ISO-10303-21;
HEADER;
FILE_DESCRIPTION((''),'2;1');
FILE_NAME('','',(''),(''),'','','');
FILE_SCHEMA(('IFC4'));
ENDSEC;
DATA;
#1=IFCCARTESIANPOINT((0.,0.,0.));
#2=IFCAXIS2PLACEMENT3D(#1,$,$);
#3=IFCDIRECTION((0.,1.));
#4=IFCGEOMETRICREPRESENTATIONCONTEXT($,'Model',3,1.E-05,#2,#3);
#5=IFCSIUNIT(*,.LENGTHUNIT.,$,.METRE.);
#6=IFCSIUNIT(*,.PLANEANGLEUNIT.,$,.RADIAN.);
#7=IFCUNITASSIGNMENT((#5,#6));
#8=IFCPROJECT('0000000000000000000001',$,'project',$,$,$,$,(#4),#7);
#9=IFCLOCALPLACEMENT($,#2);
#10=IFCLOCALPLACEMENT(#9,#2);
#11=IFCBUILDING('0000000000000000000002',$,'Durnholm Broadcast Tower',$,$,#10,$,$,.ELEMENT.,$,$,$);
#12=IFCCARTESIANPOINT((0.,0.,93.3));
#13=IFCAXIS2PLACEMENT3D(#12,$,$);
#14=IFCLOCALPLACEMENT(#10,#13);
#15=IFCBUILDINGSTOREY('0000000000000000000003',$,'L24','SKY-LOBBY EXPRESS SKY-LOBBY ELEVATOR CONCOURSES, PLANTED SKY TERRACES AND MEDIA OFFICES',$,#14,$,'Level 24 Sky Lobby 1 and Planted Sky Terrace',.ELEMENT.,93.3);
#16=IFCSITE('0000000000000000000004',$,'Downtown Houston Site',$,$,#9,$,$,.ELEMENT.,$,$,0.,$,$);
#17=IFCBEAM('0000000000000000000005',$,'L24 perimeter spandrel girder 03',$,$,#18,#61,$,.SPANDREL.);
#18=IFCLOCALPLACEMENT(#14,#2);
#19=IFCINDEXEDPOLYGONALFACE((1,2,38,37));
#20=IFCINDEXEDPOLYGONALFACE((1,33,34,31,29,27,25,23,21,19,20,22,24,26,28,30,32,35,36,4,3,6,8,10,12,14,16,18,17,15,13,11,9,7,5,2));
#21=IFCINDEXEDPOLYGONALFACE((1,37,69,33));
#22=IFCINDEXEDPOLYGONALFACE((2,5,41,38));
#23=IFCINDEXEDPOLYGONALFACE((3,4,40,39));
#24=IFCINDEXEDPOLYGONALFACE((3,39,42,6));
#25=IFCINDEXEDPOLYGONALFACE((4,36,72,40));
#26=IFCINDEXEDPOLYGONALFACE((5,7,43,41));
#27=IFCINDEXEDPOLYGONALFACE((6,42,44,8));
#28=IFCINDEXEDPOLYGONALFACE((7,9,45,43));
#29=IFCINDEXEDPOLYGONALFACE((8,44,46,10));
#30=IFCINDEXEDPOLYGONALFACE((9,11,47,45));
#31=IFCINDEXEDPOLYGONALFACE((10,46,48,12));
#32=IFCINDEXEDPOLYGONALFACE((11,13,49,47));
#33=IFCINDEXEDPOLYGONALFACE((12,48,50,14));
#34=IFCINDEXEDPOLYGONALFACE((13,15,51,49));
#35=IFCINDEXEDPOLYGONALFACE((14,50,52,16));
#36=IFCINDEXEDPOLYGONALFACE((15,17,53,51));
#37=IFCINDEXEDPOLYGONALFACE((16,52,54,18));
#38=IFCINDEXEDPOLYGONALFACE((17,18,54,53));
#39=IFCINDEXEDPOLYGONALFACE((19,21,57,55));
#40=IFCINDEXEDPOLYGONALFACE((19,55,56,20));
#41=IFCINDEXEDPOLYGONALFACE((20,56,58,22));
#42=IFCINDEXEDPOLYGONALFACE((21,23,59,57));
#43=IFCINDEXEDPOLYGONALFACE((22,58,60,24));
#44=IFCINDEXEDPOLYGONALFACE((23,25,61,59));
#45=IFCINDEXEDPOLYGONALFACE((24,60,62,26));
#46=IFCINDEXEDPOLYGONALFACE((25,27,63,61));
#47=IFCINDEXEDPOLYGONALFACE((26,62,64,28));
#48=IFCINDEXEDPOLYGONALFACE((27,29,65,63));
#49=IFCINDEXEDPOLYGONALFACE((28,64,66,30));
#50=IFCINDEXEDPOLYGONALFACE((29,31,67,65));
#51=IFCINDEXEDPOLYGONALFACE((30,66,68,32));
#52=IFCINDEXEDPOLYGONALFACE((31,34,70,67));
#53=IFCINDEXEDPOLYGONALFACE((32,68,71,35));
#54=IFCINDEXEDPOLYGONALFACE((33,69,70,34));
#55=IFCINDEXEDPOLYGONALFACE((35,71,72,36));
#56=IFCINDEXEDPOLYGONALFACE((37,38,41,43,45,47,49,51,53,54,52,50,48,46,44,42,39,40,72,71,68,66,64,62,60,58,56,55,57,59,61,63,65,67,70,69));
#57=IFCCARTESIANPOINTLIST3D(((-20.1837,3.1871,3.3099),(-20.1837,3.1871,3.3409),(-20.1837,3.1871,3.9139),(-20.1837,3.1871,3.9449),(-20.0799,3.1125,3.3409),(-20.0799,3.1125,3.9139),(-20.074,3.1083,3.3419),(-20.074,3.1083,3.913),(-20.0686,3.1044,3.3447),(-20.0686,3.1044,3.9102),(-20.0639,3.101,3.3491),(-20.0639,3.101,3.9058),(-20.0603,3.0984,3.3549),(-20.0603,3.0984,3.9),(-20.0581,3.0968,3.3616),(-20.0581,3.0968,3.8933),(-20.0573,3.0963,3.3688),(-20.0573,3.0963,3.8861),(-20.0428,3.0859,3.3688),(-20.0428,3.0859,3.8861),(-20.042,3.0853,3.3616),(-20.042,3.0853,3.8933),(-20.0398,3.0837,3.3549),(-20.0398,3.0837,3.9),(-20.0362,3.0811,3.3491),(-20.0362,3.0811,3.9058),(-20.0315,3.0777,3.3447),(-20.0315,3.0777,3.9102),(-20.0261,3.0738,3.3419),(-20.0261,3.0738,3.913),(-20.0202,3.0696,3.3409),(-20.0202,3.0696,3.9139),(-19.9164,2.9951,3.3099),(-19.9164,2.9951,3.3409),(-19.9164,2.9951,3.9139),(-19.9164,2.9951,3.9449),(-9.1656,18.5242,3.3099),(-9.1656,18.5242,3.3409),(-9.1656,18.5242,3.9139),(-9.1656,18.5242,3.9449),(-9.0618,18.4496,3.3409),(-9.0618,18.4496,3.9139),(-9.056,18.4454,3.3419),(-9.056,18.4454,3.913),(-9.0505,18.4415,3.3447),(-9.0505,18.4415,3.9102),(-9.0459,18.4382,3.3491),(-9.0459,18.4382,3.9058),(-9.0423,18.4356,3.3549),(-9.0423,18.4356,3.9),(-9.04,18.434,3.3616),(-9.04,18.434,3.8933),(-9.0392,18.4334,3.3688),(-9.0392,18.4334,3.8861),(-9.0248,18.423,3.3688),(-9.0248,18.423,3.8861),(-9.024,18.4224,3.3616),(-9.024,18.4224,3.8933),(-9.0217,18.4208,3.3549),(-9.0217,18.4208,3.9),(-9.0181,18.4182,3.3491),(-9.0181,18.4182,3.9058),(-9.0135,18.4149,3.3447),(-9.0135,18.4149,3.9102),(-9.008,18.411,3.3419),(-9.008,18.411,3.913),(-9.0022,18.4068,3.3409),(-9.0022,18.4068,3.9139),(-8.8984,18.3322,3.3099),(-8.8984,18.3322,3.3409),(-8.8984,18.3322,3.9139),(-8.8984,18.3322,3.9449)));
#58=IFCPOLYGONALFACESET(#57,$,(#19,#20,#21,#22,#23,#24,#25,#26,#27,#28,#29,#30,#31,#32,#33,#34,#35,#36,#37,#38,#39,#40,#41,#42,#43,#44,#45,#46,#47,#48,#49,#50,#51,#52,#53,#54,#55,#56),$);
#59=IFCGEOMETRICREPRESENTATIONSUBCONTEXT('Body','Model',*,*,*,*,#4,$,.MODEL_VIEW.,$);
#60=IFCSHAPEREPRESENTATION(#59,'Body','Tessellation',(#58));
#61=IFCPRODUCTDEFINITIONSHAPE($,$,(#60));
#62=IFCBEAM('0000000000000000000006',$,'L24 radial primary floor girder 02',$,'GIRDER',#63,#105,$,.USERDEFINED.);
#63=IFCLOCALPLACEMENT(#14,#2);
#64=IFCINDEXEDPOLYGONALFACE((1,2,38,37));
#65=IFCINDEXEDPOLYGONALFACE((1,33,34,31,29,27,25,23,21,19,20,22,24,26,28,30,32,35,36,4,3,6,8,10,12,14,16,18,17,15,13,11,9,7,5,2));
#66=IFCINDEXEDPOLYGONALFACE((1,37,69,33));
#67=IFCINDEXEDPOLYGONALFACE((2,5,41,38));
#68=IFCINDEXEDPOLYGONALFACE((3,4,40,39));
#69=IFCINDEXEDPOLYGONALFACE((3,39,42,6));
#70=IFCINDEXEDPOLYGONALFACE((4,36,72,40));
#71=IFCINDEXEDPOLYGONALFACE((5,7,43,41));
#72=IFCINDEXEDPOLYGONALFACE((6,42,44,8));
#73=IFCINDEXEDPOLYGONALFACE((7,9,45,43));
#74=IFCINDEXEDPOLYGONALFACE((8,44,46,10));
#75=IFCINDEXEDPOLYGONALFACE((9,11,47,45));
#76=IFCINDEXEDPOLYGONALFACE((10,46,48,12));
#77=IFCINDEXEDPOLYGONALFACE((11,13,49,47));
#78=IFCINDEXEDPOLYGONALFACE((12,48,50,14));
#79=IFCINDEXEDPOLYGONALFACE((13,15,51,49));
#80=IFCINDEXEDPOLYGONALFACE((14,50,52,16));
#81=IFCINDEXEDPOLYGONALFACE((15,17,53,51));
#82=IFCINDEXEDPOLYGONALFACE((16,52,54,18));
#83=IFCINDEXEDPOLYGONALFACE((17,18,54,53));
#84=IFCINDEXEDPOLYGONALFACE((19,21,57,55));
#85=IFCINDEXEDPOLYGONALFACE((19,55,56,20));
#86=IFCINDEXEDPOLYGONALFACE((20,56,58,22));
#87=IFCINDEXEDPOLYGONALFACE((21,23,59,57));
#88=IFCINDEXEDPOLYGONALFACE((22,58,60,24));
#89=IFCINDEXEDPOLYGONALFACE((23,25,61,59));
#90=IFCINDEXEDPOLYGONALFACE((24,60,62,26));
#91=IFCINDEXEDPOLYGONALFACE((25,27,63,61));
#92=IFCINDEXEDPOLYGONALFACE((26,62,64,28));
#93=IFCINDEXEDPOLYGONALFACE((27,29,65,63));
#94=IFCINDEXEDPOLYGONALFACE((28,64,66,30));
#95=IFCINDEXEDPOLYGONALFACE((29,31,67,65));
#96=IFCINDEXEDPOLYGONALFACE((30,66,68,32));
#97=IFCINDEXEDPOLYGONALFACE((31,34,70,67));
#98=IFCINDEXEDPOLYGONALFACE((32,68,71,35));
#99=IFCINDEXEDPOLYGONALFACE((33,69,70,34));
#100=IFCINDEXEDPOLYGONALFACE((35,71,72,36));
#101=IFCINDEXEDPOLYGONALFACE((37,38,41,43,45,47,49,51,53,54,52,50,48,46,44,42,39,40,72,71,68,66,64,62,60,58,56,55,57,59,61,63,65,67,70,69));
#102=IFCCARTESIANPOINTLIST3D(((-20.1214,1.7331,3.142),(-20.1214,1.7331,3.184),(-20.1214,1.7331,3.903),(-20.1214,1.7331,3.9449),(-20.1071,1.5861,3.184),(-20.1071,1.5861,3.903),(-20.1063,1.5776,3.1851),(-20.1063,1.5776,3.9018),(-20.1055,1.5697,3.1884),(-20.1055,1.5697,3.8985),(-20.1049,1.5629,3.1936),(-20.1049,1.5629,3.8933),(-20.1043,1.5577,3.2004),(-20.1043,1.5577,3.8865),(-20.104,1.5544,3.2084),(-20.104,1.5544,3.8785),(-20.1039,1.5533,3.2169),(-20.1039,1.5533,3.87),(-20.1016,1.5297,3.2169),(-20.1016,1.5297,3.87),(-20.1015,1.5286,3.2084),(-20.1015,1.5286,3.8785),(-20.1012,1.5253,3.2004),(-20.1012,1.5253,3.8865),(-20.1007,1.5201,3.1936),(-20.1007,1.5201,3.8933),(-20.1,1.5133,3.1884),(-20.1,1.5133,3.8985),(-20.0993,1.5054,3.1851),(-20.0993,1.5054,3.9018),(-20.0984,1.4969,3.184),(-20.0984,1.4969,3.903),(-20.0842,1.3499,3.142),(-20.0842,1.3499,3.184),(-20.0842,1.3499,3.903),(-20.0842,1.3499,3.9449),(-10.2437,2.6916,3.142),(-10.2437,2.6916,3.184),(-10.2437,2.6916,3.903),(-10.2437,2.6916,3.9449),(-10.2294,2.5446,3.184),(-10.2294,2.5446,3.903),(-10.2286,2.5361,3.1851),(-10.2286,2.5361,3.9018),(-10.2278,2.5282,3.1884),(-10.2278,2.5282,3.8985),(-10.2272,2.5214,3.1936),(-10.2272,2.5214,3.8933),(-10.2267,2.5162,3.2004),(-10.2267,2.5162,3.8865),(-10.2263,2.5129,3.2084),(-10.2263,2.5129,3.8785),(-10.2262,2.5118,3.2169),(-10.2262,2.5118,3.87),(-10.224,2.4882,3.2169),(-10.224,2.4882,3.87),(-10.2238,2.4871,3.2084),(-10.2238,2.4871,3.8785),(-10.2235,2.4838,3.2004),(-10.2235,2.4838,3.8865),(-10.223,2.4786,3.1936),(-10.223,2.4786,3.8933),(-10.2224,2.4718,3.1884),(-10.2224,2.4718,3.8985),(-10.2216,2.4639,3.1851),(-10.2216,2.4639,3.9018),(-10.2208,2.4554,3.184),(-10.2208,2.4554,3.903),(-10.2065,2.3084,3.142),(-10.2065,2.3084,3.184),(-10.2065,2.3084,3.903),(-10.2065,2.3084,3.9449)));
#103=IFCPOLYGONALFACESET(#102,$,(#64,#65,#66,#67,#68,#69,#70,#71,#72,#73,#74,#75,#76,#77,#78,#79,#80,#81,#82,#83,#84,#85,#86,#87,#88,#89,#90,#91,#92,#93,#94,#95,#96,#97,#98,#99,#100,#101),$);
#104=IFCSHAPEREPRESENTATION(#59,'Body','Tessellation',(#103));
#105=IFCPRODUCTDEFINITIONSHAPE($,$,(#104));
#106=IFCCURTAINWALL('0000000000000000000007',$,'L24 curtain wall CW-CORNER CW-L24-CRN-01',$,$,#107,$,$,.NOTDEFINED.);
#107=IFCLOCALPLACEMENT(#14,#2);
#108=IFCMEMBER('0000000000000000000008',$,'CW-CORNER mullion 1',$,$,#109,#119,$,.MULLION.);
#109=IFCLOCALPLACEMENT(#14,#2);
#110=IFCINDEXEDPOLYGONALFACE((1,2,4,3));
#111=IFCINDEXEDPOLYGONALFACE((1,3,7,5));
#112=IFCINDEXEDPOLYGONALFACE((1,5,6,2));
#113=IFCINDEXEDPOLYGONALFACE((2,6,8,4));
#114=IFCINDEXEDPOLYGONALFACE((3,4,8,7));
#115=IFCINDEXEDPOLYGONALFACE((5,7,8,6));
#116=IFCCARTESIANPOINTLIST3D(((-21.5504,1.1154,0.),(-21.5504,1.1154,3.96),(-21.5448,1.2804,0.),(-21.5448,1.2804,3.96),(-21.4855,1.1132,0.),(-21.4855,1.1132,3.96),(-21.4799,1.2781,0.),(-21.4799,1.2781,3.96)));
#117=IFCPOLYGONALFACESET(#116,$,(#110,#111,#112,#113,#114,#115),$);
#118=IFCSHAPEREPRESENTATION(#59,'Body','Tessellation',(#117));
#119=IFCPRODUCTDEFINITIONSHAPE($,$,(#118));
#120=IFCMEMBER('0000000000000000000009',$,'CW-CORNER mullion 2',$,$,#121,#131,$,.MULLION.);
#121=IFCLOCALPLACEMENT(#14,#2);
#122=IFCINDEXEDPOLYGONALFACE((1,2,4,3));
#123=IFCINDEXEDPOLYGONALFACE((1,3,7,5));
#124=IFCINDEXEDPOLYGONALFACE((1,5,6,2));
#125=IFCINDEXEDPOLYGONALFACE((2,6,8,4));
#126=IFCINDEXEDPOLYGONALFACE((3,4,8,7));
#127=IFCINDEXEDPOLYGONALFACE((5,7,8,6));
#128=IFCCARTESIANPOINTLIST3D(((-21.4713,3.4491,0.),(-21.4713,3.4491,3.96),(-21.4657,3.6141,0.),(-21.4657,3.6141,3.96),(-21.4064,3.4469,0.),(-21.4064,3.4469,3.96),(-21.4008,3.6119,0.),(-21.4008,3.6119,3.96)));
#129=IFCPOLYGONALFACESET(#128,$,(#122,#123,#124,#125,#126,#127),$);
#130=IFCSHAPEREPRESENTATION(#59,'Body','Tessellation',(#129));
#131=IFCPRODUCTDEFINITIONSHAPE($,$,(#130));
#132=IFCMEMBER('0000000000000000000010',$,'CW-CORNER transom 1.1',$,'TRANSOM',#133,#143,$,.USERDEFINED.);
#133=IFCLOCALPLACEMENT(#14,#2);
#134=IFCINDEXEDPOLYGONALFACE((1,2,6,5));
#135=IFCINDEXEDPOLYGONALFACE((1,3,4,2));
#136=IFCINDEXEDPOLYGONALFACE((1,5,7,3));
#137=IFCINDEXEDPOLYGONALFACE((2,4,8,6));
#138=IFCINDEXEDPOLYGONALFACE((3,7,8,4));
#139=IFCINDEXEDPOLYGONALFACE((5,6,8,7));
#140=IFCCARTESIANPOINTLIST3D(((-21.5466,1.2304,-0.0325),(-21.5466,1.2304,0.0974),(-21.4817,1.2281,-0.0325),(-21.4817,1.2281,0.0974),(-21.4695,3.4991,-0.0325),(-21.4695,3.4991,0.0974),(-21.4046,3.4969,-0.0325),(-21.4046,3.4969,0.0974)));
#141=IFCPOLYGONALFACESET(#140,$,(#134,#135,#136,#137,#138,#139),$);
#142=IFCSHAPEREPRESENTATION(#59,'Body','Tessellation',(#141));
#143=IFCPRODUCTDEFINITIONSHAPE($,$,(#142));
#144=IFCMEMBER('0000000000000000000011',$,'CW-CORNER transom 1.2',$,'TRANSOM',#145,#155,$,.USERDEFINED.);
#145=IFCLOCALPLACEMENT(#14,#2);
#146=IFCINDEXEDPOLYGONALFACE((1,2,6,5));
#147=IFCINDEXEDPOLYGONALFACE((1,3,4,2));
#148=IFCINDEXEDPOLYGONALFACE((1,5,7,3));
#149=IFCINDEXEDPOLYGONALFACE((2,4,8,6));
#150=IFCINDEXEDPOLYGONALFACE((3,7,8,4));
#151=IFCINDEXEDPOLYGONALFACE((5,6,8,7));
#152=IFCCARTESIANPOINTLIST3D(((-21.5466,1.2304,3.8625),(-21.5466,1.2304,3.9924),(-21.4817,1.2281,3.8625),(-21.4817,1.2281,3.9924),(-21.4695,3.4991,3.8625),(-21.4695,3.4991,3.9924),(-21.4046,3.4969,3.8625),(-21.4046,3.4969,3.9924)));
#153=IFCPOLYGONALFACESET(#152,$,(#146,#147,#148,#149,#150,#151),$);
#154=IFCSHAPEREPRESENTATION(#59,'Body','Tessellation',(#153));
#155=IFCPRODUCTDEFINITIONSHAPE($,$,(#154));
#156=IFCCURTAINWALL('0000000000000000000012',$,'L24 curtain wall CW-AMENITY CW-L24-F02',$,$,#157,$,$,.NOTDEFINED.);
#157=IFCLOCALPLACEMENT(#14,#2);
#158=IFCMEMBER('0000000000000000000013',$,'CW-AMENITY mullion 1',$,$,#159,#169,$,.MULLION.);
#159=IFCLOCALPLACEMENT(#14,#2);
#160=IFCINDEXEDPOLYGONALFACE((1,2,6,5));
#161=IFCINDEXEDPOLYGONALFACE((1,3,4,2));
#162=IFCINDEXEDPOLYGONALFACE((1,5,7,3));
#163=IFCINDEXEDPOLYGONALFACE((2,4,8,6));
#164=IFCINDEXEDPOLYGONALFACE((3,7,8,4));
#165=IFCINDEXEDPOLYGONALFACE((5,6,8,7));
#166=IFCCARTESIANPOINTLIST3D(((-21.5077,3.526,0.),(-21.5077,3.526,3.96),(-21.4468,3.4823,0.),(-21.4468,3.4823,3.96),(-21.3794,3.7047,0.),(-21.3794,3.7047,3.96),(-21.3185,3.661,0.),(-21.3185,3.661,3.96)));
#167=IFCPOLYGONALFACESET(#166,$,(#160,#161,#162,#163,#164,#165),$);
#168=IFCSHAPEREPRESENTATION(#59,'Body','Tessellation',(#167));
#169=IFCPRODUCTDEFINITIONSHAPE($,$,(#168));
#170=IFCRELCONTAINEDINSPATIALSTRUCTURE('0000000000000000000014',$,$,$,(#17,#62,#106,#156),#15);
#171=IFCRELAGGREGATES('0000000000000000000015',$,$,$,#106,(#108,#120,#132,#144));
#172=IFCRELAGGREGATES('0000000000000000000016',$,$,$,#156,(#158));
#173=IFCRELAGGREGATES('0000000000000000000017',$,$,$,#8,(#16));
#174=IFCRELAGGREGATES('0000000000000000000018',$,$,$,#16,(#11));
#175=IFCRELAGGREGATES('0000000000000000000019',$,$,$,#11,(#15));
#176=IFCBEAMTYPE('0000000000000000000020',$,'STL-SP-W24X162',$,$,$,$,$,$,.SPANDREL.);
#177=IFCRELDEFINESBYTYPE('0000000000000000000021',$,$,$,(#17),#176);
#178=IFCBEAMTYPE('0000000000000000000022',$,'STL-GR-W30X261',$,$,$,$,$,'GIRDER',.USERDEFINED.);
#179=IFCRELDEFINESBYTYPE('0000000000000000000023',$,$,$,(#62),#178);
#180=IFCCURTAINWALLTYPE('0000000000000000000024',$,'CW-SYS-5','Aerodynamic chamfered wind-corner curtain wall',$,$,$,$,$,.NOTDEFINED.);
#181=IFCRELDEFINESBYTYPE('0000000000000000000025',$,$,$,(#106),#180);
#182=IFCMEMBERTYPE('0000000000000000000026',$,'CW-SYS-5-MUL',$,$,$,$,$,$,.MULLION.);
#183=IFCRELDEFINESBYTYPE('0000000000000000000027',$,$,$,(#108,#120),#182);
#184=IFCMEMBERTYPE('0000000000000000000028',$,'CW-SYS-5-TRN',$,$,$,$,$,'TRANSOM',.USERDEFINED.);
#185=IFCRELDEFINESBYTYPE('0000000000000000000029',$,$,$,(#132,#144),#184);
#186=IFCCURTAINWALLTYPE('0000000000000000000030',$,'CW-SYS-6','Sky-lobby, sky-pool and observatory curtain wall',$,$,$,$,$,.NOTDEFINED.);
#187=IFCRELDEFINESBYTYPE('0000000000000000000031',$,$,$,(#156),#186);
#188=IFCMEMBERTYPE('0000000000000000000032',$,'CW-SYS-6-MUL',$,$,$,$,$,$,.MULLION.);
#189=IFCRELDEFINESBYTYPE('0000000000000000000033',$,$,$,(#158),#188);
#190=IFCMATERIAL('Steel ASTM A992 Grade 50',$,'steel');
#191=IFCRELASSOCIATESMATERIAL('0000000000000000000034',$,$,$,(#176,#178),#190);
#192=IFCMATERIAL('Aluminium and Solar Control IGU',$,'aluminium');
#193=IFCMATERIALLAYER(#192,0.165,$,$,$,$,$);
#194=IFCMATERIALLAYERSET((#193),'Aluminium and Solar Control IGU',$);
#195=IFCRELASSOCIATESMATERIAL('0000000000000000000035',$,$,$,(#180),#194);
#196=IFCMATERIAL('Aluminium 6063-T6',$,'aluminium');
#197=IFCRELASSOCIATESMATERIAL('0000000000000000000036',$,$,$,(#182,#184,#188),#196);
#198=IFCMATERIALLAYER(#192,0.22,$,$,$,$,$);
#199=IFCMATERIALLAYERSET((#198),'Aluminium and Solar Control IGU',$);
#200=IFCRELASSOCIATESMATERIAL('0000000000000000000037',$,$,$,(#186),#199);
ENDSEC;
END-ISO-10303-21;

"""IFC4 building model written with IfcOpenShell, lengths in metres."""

from ifc_helpers import new_model, si_unit, direction, frame, origin, origin_2d, place, context, subcontext, project, spatial, rectangle, i_section, extrude, source, transform, mapped, material, layer, layer_set, material_profile, profile_set, type_object, type_shapes, element, aggregate, save


model = new_model("IFC4")

# Units and contexts
model_context = context("Model", 3, precision=1e-05, world=origin(), true_north=direction((0.0, 1.0)))
body_context = subcontext(model_context, "Body", "Model", "MODEL_VIEW")
ifc_project = project(units=[si_unit("LENGTHUNIT", "METRE"), si_unit("PLANEANGLEUNIT", "RADIAN")], contexts=[model_context])

# Site, building, storey
site_placement = place(None, origin())
site = spatial("IfcSite", under=ifc_project, at=site_placement, Name="Downtown Houston Site", CompositionType="ELEMENT", RefElevation=0.0)
building_placement = place(site_placement, origin())
building = spatial("IfcBuilding", under=site, at=building_placement, Name="Durnholm Broadcast Tower", CompositionType="ELEMENT")
storey_placement = place(building_placement, frame((0.0, 0.0, 93.3)))
storey = spatial("IfcBuildingStorey", under=building, at=storey_placement, Name="L24", Description="SKY-LOBBY EXPRESS SKY-LOBBY ELEVATOR CONCOURSES, PLANTED SKY TERRACES AND MEDIA OFFICES", LongName="Level 24 Sky Lobby 1 and Planted Sky Terrace", CompositionType="ELEMENT", Elevation=93.3)

# Beams
ifc_material_1 = material(Name="Steel ASTM A992 Grade 50", Category="steel")
ifc_material_profile_1 = material_profile(ifc_material_1, i_section(OverallWidth=0.3291, OverallDepth=0.635, WebThickness=0.0178, FlangeThickness=0.031, FilletRadius=0.0278, at=origin_2d()), Name="W24X162")
ifc_profile_set_1 = profile_set([ifc_material_profile_1], Name="Steel ASTM A992 Grade 50")
beam_type_1 = type_object("IfcBeamType", Name="STL-SP-W24X162", PredefinedType="SPANDREL", material=ifc_profile_set_1)
shared_shape_1 = source(origin(), body_context, "Body", "SweptSolid", [
    extrude(i_section(OverallWidth=0.3291, OverallDepth=0.635, WebThickness=0.0178, FlangeThickness=0.031, FilletRadius=0.0278, at=origin_2d()), origin(), (0.0, 0.0, 1.0), 18.8845),
])
beam_1_placement = place(storey_placement, frame((-20.05, 3.0911, 3.6274), z_axis=(0.583443, 0.812154, 0.0), x_axis=(-0.812154, 0.583443, 0.0)))
element("IfcBeam", 1, at=beam_1_placement, inside=storey, type_object=beam_type_1, Name="L24 perimeter spandrel girder 03", PredefinedType="SPANDREL", context=body_context, shape_type="MappedRepresentation", body=[
    mapped(shared_shape_1, transform((0.0, 0.0, 0.0), x_axis=(1.0, 0.0, 0.0), y_axis=(0.0, 1.0, 0.0), z_axis=(0.0, 0.0, 1.0), scale=1.0)),
])
ifc_material_profile_2 = material_profile(ifc_material_1, i_section(OverallWidth=0.385, OverallDepth=0.803, WebThickness=0.0237, FlangeThickness=0.042, FilletRadius=0.033, at=origin_2d()), Name="W30X261")
ifc_profile_set_2 = profile_set([ifc_material_profile_2], Name="Steel ASTM A992 Grade 50")
beam_type_2 = type_object("IfcBeamType", Name="STL-GR-W30X261", ElementType="GIRDER", PredefinedType="USERDEFINED", material=ifc_profile_set_2)
shared_shape_2 = source(origin(), body_context, "Body", "SweptSolid", [
    extrude(i_section(OverallWidth=0.385, OverallDepth=0.803, WebThickness=0.0237, FlangeThickness=0.042, FilletRadius=0.033, at=origin_2d()), origin(), (0.0, 0.0, 1.0), 9.9241),
])
type_shapes(beam_type_2, [shared_shape_2])
beam_2_placement = place(storey_placement, frame((-10.2251, 2.5, 3.5435), z_axis=(-0.995325, -0.096583, 0.0), x_axis=(0.096583, -0.995325, 0.0)))
element("IfcBeam", 2, at=beam_2_placement, inside=storey, type_object=beam_type_2, Name="L24 radial primary floor girder 02", ObjectType="GIRDER", PredefinedType="USERDEFINED", context=body_context, shape_type="MappedRepresentation", body=[
    mapped(shared_shape_2, transform((0.0, 0.0, 0.0), x_axis=(1.0, 0.0, 0.0), y_axis=(0.0, 1.0, 0.0), z_axis=(0.0, 0.0, 1.0), scale=1.0)),
])

# Curtain wall, members
ifc_material_2 = material(Name="Aluminium and Solar Control IGU", Category="aluminium")
ifc_layer_1 = layer(ifc_material_2, 0.165)
ifc_layer_set_1 = layer_set([ifc_layer_1], Name="Aluminium and Solar Control IGU")
curtain_wall_type_1 = type_object("IfcCurtainWallType", Name="CW-SYS-5", Description="Aerodynamic chamfered wind-corner curtain wall", PredefinedType="NOTDEFINED", material=ifc_layer_set_1)
curtain_wall_1_placement = place(storey_placement, origin())
curtain_wall_1 = element("IfcCurtainWall", 3, at=curtain_wall_1_placement, inside=storey, type_object=curtain_wall_type_1, Name="L24 curtain wall CW-CORNER CW-L24-CRN-01", PredefinedType="NOTDEFINED")
ifc_material_3 = material(Name="Aluminium 6063-T6", Category="aluminium")
ifc_material_profile_3 = material_profile(ifc_material_3, rectangle(XDim=0.0649, YDim=0.165, at=origin_2d()), Name="CWM65X165")
ifc_profile_set_3 = profile_set([ifc_material_profile_3], Name="Aluminium 6063-T6")
member_type_1 = type_object("IfcMemberType", Name="CW-SYS-5-MUL", PredefinedType="MULLION", material=ifc_profile_set_3)
shared_shape_3 = source(origin(), body_context, "Body", "SweptSolid", [
    extrude(rectangle(XDim=0.0649, YDim=0.165, at=origin_2d()), origin(), (0.0, 0.0, 1.0), 3.96),
])
type_shapes(member_type_1, [shared_shape_3])
member_1_placement = place(storey_placement, frame((-21.5151, 1.1968, 0.0), z_axis=(0.0, 0.0, 1.0), x_axis=(-0.999425, 0.033917, 0.0)))
member_1 = element("IfcMember", 4, at=member_1_placement, type_object=member_type_1, Name="CW-CORNER mullion 1", PredefinedType="MULLION", context=body_context, shape_type="MappedRepresentation", body=[
    mapped(shared_shape_3, transform((0.0, 0.0, 0.0), x_axis=(1.0, 0.0, 0.0), y_axis=(0.0, 1.0, 0.0), z_axis=(0.0, 0.0, 1.0), scale=1.0)),
])
member_2_placement = place(storey_placement, frame((-21.436, 3.5305, 0.0), z_axis=(0.0, 0.0, 1.0), x_axis=(-0.999425, 0.033917, 0.0)))
member_2 = element("IfcMember", 5, at=member_2_placement, type_object=member_type_1, Name="CW-CORNER mullion 2", PredefinedType="MULLION", context=body_context, shape_type="MappedRepresentation", body=[
    mapped(shared_shape_3, transform((0.0, 0.0, 0.0), x_axis=(1.0, 0.0, 0.0), y_axis=(0.0, 1.0, 0.0), z_axis=(0.0, 0.0, 1.0), scale=1.0)),
])
ifc_material_profile_4 = material_profile(ifc_material_3, rectangle(XDim=0.0649, YDim=0.1299, at=origin_2d()), Name="CWT65X130")
ifc_profile_set_4 = profile_set([ifc_material_profile_4], Name="Aluminium 6063-T6")
member_type_2 = type_object("IfcMemberType", Name="CW-SYS-5-TRN", ElementType="TRANSOM", PredefinedType="USERDEFINED", material=ifc_profile_set_4)
shared_shape_4 = source(origin(), body_context, "Body", "SweptSolid", [
    extrude(rectangle(XDim=0.0649, YDim=0.1299, at=origin_2d()), origin(), (0.0, 0.0, 1.0), 2.27),
])
type_shapes(member_type_2, [shared_shape_4])
member_3_placement = place(storey_placement, frame((-21.5142, 1.2292, 0.0325), z_axis=(0.033984, 0.999422, 0.0), x_axis=(-0.999422, 0.033984, 0.0)))
member_3 = element("IfcMember", 6, at=member_3_placement, type_object=member_type_2, Name="CW-CORNER transom 1.1", ObjectType="TRANSOM", PredefinedType="USERDEFINED", context=body_context, shape_type="MappedRepresentation", body=[
    mapped(shared_shape_4, transform((0.0, 0.0, 0.0), x_axis=(1.0, 0.0, 0.0), y_axis=(0.0, 1.0, 0.0), z_axis=(0.0, 0.0, 1.0), scale=1.0)),
])
member_4_placement = place(storey_placement, frame((-21.5142, 1.2292, 3.9275), z_axis=(0.033984, 0.999422, 0.0), x_axis=(-0.999422, 0.033984, 0.0)))
member_4 = element("IfcMember", 7, at=member_4_placement, type_object=member_type_2, Name="CW-CORNER transom 1.2", ObjectType="TRANSOM", PredefinedType="USERDEFINED", context=body_context, shape_type="MappedRepresentation", body=[
    mapped(shared_shape_4, transform((0.0, 0.0, 0.0), x_axis=(1.0, 0.0, 0.0), y_axis=(0.0, 1.0, 0.0), z_axis=(0.0, 0.0, 1.0), scale=1.0)),
])

# Curtain wall, member
ifc_layer_2 = layer(ifc_material_2, 0.22)
ifc_layer_set_2 = layer_set([ifc_layer_2], Name="Aluminium and Solar Control IGU")
curtain_wall_type_2 = type_object("IfcCurtainWallType", Name="CW-SYS-6", Description="Sky-lobby, sky-pool and observatory curtain wall", PredefinedType="NOTDEFINED", material=ifc_layer_set_2)
curtain_wall_2_placement = place(storey_placement, origin())
curtain_wall_2 = element("IfcCurtainWall", 8, at=curtain_wall_2_placement, inside=storey, type_object=curtain_wall_type_2, Name="L24 curtain wall CW-AMENITY CW-L24-F02", PredefinedType="NOTDEFINED")
ifc_material_profile_5 = material_profile(ifc_material_3, rectangle(XDim=0.075, YDim=0.22, at=origin_2d()), Name="CWM75X220")
ifc_profile_set_5 = profile_set([ifc_material_profile_5], Name="Aluminium 6063-T6")
member_type_3 = type_object("IfcMemberType", Name="CW-SYS-6-MUL", PredefinedType="MULLION", material=ifc_profile_set_5)
shared_shape_5 = source(origin(), body_context, "Body", "SweptSolid", [
    extrude(rectangle(XDim=0.075, YDim=0.22, at=origin_2d()), origin(), (0.0, 0.0, 1.0), 3.96),
])
type_shapes(member_type_3, [shared_shape_5])
member_5_placement = place(storey_placement, frame((-21.4131, 3.5935, 0.0), z_axis=(0.0, 0.0, 1.0), x_axis=(-0.812152, 0.583445, 0.0)))
member_5 = element("IfcMember", 9, at=member_5_placement, type_object=member_type_3, Name="CW-AMENITY mullion 1", PredefinedType="MULLION", context=body_context, shape_type="MappedRepresentation", body=[
    mapped(shared_shape_5, transform((0.0, 0.0, 0.0), x_axis=(1.0, 0.0, 0.0), y_axis=(0.0, 1.0, 0.0), z_axis=(0.0, 0.0, 1.0), scale=1.0)),
])

aggregate(curtain_wall_1, [member_1, member_2, member_3, member_4])
aggregate(curtain_wall_2, [member_5])

save(model, "model.ifc")
